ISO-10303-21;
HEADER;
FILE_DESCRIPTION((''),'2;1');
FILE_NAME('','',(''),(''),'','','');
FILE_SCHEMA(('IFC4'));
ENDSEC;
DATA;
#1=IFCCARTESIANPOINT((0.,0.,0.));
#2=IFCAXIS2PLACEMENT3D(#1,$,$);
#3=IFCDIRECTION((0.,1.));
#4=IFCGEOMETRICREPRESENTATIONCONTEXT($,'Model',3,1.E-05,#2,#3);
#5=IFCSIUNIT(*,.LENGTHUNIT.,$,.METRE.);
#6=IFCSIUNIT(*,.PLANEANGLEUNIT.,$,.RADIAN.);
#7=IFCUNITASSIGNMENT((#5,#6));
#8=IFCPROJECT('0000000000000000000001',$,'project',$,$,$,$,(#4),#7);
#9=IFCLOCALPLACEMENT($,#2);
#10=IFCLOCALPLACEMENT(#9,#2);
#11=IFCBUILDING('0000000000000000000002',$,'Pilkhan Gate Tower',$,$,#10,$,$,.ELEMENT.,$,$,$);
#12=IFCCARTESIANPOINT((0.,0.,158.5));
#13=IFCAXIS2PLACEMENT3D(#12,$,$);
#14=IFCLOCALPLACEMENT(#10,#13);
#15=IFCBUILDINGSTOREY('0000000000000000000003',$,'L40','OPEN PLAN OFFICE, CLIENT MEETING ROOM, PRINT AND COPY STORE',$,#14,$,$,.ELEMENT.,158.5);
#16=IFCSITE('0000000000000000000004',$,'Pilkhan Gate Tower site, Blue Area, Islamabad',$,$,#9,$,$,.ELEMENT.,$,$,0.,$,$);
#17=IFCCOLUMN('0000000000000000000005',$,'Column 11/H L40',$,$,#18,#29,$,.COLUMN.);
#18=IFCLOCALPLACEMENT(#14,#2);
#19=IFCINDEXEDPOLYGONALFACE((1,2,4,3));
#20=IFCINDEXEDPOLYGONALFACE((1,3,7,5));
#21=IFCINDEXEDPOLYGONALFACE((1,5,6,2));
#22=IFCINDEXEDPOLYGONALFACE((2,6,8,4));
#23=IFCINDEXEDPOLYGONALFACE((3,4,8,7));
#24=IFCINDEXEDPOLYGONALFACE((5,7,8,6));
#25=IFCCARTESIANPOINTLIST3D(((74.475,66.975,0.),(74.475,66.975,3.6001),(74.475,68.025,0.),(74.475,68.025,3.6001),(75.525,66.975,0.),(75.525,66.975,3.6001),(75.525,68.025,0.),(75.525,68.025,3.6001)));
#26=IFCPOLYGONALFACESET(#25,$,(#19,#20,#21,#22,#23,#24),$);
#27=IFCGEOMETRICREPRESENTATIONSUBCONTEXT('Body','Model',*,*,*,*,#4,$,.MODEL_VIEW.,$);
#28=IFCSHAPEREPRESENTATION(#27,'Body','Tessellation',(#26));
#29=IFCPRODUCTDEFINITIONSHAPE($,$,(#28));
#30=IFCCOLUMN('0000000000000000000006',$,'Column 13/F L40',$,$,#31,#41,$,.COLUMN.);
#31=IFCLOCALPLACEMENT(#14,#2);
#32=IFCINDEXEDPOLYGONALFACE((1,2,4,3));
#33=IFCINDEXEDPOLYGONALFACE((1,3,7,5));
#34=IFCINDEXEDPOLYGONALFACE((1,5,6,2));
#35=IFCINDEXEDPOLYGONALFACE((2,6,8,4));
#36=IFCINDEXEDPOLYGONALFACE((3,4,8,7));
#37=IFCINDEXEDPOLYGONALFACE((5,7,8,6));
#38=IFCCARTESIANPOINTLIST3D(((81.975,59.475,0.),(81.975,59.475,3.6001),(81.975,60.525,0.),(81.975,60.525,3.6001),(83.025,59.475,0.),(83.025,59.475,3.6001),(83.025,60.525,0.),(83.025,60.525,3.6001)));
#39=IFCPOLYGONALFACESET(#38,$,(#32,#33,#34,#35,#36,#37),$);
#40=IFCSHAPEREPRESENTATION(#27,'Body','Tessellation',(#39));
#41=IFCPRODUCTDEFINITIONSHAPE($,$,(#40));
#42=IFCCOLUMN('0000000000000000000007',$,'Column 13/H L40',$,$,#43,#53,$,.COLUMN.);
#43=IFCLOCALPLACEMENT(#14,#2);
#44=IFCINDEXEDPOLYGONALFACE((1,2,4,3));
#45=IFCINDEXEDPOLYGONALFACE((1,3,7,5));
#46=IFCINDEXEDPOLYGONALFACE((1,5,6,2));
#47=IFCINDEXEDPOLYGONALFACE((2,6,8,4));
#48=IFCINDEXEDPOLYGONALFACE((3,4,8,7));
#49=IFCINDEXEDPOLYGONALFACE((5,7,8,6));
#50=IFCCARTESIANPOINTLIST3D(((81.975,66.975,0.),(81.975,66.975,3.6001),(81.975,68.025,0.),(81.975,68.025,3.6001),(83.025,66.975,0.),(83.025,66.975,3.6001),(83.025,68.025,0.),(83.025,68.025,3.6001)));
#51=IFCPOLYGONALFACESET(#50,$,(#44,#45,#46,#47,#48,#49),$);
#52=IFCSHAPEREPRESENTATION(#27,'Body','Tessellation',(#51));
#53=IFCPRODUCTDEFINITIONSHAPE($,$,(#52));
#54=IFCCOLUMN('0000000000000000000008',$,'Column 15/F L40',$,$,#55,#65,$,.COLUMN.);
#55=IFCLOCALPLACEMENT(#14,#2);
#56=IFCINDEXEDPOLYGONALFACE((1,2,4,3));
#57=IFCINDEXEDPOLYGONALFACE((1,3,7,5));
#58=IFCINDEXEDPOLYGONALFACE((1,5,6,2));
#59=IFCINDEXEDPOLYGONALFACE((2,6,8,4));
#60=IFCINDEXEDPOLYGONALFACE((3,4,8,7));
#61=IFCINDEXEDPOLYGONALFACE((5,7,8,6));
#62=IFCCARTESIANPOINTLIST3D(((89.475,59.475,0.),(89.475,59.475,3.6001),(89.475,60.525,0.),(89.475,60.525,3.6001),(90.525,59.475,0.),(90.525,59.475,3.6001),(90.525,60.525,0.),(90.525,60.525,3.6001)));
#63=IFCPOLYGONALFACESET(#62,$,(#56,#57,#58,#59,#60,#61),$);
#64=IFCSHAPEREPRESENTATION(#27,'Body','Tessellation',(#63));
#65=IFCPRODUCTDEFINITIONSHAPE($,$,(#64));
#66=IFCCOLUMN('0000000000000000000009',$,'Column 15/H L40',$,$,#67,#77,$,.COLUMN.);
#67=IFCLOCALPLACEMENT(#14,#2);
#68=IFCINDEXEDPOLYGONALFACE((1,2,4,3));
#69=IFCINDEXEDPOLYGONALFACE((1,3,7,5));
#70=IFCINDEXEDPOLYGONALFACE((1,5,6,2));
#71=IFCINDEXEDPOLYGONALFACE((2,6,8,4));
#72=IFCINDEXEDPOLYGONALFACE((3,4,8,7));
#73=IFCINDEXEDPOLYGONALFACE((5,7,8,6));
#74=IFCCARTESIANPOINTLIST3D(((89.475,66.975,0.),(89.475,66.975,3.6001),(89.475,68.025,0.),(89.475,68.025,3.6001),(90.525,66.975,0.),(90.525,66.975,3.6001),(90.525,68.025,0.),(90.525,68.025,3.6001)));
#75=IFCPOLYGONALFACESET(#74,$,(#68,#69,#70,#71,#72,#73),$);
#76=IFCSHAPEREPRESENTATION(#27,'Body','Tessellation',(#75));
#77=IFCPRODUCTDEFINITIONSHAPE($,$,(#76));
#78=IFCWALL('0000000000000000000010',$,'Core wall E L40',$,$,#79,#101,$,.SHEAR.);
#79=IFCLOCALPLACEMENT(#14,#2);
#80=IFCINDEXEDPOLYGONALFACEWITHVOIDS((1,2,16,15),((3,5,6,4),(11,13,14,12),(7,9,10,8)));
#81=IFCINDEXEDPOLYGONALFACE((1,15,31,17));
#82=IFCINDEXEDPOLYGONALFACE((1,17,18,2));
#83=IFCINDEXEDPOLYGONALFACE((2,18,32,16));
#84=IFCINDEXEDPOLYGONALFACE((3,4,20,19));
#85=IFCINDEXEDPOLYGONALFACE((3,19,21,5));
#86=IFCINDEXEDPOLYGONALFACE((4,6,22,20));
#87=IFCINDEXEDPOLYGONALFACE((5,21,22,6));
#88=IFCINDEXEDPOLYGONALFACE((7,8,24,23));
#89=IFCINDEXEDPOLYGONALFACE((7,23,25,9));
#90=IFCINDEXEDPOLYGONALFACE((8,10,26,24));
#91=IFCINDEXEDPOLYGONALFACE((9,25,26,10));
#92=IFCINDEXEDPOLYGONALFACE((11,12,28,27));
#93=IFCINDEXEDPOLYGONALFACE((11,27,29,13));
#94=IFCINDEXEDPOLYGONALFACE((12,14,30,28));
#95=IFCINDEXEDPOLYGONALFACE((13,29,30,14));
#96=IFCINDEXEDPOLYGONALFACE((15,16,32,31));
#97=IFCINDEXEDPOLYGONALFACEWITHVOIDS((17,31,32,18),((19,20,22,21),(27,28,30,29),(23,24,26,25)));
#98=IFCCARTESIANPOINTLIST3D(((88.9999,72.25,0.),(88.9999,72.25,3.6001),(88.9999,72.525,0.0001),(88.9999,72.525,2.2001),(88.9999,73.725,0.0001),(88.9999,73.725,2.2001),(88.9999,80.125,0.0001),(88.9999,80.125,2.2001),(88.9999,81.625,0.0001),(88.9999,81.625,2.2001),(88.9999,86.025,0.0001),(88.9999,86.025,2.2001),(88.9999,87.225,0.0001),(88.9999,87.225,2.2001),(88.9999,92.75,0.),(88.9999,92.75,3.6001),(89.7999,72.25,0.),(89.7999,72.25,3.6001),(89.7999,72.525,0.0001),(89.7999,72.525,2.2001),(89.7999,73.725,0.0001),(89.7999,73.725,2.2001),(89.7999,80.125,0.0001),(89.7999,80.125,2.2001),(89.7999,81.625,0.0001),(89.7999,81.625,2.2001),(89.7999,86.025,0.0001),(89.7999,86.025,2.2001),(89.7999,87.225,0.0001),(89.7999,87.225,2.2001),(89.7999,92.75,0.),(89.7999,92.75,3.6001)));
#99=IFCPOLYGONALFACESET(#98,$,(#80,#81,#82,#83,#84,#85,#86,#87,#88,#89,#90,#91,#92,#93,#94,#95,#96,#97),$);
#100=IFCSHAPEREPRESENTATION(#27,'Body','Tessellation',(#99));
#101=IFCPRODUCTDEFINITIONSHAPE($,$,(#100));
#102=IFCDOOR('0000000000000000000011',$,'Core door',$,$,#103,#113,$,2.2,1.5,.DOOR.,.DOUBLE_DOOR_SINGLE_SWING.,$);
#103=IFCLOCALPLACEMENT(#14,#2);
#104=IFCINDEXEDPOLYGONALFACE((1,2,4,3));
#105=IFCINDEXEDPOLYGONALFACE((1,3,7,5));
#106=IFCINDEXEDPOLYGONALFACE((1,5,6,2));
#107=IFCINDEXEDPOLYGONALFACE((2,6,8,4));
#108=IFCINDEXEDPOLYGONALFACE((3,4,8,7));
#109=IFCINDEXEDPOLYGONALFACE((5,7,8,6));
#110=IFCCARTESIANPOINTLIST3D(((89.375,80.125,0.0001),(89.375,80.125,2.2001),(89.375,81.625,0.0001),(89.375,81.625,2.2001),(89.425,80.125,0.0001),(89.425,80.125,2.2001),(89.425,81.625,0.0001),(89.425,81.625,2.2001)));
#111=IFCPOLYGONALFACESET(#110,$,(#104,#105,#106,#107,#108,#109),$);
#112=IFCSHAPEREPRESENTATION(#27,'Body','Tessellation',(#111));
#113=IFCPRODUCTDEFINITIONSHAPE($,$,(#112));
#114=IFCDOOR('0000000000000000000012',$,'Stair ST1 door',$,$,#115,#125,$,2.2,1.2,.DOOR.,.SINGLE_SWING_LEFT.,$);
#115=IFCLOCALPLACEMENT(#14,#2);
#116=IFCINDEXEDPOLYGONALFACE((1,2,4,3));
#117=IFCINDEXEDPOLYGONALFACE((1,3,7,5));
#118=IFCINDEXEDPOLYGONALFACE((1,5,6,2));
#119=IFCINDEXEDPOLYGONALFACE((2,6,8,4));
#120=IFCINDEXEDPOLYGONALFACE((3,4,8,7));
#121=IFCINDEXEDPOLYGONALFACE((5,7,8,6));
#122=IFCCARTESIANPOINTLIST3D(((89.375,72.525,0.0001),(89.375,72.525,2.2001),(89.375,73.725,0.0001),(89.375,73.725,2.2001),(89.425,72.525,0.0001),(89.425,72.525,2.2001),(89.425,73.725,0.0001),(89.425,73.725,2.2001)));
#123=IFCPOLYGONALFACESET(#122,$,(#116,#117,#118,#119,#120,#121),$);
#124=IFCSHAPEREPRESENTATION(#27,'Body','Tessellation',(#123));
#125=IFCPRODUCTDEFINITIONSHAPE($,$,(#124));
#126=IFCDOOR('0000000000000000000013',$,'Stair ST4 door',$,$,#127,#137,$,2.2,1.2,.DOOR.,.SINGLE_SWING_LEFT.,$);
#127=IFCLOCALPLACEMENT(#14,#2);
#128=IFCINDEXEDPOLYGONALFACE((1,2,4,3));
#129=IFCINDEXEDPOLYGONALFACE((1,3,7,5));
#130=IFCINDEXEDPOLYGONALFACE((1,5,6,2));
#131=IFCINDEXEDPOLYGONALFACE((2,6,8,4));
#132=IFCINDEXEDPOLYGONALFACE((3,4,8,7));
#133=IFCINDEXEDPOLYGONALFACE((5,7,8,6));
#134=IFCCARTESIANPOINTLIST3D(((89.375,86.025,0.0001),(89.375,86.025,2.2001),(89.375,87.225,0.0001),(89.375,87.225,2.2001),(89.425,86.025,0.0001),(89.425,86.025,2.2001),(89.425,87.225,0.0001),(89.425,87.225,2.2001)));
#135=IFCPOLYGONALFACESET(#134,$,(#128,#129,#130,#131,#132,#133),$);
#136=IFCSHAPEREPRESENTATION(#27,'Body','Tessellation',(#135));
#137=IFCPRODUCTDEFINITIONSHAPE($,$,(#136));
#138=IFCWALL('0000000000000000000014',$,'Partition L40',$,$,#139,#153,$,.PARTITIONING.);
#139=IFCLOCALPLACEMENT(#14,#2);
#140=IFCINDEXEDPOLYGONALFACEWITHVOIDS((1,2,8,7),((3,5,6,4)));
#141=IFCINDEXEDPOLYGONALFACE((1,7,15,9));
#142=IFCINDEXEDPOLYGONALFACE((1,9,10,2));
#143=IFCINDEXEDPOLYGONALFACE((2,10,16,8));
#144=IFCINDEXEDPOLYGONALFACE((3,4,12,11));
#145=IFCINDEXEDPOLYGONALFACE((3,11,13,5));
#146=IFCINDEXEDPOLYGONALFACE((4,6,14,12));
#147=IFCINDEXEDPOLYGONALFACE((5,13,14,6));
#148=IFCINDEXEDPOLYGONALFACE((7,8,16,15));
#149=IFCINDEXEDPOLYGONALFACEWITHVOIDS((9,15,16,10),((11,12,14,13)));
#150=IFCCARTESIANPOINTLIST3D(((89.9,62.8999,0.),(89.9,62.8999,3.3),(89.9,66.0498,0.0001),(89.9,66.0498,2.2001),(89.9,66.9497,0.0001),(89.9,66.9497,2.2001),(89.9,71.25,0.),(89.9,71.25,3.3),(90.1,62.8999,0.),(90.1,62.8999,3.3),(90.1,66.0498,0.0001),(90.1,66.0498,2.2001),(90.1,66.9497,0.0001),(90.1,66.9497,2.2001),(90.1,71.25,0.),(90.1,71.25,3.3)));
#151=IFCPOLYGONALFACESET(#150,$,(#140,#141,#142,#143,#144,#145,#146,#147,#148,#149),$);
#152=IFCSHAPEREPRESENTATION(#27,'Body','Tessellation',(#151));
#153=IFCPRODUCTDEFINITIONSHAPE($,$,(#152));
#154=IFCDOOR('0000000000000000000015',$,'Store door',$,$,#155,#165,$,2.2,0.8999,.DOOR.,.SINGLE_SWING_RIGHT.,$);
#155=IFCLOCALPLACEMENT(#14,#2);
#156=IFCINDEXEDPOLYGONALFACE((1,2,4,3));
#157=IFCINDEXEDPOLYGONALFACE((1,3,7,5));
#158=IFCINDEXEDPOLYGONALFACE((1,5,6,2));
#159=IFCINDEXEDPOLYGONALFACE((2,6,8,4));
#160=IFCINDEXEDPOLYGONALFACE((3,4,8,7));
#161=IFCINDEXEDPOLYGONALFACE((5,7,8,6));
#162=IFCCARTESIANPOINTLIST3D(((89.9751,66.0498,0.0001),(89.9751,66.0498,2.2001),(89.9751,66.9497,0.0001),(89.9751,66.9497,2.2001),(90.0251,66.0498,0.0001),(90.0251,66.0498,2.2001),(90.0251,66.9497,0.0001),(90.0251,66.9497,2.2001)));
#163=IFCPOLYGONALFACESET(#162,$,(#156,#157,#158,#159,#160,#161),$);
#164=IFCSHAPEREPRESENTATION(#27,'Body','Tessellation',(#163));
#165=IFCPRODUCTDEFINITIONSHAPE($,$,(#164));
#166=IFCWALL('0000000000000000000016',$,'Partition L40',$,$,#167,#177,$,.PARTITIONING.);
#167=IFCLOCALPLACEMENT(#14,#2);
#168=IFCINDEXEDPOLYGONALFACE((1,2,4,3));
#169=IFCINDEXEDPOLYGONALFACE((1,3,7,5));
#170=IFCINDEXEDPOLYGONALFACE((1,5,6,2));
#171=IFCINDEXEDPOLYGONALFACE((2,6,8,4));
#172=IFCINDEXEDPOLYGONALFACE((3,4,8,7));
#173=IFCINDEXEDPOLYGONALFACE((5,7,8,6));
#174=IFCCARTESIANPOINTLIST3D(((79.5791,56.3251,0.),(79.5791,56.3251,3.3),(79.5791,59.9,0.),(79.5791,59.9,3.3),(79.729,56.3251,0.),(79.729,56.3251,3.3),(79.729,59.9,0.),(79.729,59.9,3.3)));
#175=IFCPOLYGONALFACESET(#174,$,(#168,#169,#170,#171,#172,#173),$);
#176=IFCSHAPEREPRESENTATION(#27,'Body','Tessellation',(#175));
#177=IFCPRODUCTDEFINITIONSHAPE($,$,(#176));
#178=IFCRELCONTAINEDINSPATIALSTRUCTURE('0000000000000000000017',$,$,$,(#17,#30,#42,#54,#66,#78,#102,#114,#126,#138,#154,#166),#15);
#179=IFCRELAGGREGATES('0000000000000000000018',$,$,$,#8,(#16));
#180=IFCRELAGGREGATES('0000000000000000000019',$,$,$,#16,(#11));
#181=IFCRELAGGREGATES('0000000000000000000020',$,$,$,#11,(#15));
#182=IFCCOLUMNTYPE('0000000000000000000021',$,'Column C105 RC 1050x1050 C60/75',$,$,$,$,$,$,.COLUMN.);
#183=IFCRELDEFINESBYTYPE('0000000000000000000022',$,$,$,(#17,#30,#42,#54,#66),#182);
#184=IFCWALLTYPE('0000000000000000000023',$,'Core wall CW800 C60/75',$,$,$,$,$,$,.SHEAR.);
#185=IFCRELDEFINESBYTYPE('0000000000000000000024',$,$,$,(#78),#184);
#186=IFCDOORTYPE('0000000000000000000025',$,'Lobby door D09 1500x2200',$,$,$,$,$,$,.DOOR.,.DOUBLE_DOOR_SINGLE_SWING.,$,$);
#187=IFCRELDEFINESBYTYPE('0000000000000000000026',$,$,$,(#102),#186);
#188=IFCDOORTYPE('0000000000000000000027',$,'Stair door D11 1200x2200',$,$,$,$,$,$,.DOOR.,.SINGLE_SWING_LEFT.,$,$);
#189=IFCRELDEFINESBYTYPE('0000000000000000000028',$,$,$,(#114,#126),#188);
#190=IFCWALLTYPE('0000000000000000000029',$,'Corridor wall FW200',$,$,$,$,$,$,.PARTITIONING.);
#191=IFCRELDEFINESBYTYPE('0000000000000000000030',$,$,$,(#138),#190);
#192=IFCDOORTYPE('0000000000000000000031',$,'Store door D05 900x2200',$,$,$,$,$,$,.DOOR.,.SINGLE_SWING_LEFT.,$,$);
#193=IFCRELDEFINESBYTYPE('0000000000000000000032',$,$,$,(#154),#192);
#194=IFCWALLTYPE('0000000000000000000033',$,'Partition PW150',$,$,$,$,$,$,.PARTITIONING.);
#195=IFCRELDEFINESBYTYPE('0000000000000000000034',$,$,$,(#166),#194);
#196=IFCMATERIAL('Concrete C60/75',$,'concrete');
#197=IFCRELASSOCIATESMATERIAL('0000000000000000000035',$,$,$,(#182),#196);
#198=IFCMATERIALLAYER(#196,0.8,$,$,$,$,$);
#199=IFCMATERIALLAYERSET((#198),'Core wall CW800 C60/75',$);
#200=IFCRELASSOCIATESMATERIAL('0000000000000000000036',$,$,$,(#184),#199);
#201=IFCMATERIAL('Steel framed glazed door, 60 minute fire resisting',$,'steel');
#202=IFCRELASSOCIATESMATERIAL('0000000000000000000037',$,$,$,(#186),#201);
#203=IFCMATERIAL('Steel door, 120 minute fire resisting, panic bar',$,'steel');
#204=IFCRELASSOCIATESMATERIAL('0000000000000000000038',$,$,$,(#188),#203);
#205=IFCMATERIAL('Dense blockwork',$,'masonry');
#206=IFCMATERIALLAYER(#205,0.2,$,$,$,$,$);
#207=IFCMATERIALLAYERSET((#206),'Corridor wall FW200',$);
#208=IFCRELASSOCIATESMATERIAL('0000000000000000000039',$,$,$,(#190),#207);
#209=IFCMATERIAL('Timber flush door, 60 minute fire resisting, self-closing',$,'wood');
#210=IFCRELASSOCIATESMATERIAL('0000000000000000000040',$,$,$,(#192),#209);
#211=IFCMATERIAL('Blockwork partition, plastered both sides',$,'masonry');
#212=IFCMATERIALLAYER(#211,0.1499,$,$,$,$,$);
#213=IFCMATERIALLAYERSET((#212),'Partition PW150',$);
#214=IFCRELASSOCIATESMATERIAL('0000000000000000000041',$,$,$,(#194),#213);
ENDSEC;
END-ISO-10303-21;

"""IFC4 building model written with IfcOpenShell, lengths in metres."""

from ifc_helpers import new_model, si_unit, direction, frame, frame_2d, origin, origin_2d, place, context, subcontext, project, spatial, rectangle, extrude, material, layer, layer_set, material_profile, profile_set, type_object, element, fill, save


model = new_model("IFC4")

# Units and contexts
model_context = context("Model", 3, precision=1e-05, world=origin(), true_north=direction((0.0, 1.0)))
body_context = subcontext(model_context, "Body", "Model", "MODEL_VIEW")
ifc_project = project(units=[si_unit("LENGTHUNIT", "METRE"), si_unit("PLANEANGLEUNIT", "RADIAN")], contexts=[model_context])

# Site, building, storey
site_placement = place(None, origin())
site = spatial("IfcSite", under=ifc_project, at=site_placement, Name="Pilkhan Gate Tower site, Blue Area, Islamabad", CompositionType="ELEMENT", RefElevation=0.0)
building_placement = place(site_placement, origin())
building = spatial("IfcBuilding", under=site, at=building_placement, Name="Pilkhan Gate Tower", CompositionType="ELEMENT")
storey_placement = place(building_placement, frame((0.0, 0.0, 158.5)))
storey = spatial("IfcBuildingStorey", under=building, at=storey_placement, Name="L40", Description="OPEN PLAN OFFICE, CLIENT MEETING ROOM, PRINT AND COPY STORE", CompositionType="ELEMENT", Elevation=158.5)

# Columns
ifc_material_1 = material(Name="Concrete C60/75", Category="concrete")
ifc_material_profile = material_profile(ifc_material_1, rectangle(XDim=1.05, YDim=1.05, at=origin_2d()), Name="RC 1050x1050")
ifc_profile_set = profile_set([ifc_material_profile], Name="Concrete C60/75")
column_type = type_object("IfcColumnType", Name="Column C105 RC 1050x1050 C60/75", PredefinedType="COLUMN", material=ifc_profile_set)
for number, where, z_axis, x_axis, name in (
    (1, (75.0, 67.5, 0.0), (0.0, 0.0, 1.0), (1.0, 0.0, 0.0), "Column 11/H L40"),
    (2, (82.5, 60.0, 0.0), (0.0, 0.0, 1.0), (1.0, 0.0, 0.0), "Column 13/F L40"),
    (3, (82.5, 67.5, 0.0), (0.0, 0.0, 1.0), (1.0, 0.0, 0.0), "Column 13/H L40"),
    (4, (90.0, 60.0, 0.0), (0.0, 0.0, 1.0), (1.0, 0.0, 0.0), "Column 15/F L40"),
    (5, (90.0, 67.5, 0.0), (0.0, 0.0, 1.0), (1.0, 0.0, 0.0), "Column 15/H L40"),
):
    element("IfcColumn", number, at=place(storey_placement, frame(where, z_axis=z_axis, x_axis=x_axis)), inside=storey, type_object=column_type, Name=name, PredefinedType="COLUMN", context=body_context, shape_type="SweptSolid", body=[
        extrude(rectangle(XDim=1.05, YDim=1.05, at=origin_2d()), origin(), (0.0, 0.0, 1.0), 3.6001),
    ])

# Wall, openings, doors
ifc_layer_1 = layer(ifc_material_1, 0.8)
ifc_layer_set_1 = layer_set([ifc_layer_1], Name="Core wall CW800 C60/75")
wall_type_1 = type_object("IfcWallType", Name="Core wall CW800 C60/75", PredefinedType="SHEAR", material=ifc_layer_set_1)
wall_1_placement = place(storey_placement, frame((89.3999, 72.25, 0.0), z_axis=(0.0, 0.0, 1.0), x_axis=(0.0, 1.0, 0.0)))
wall_1 = element("IfcWall", 6, at=wall_1_placement, inside=storey, type_object=wall_type_1, Name="Core wall E L40", PredefinedType="SHEAR", context=body_context, shape_type="SweptSolid", body=[
    extrude(rectangle(XDim=20.5, YDim=0.8, at=frame_2d((10.25, 0.0))), origin(), (0.0, 0.0, 1.0), 3.6001),
])
opening_1_placement = place(wall_1_placement, frame((0.2749, 0.0, 0.0)))
opening_1 = element("IfcOpeningElement", 7, at=opening_1_placement, cuts=wall_1, PredefinedType="OPENING", context=body_context, shape_type="SweptSolid", body=[
    extrude(rectangle(XDim=1.2, YDim=2.2, at=frame_2d((0.6001, 1.1001))), frame((0.0, 0.4099, 0.0), z_axis=(0.0, -1.0, 0.0), x_axis=(1.0, 0.0, 0.0)), (0.0, 0.0, 1.0), 0.8201),
])
opening_2_placement = place(wall_1_placement, frame((13.7749, 0.0, 0.0)))
opening_2 = element("IfcOpeningElement", 8, at=opening_2_placement, cuts=wall_1, PredefinedType="OPENING", context=body_context, shape_type="SweptSolid", body=[
    extrude(rectangle(XDim=1.2, YDim=2.2, at=frame_2d((0.6001, 1.1001))), frame((0.0, 0.4099, 0.0), z_axis=(0.0, -1.0, 0.0), x_axis=(1.0, 0.0, 0.0)), (0.0, 0.0, 1.0), 0.8201),
])
opening_3_placement = place(wall_1_placement, frame((7.875, 0.0, 0.0)))
opening_3 = element("IfcOpeningElement", 9, at=opening_3_placement, cuts=wall_1, PredefinedType="OPENING", context=body_context, shape_type="SweptSolid", body=[
    extrude(rectangle(XDim=1.5, YDim=2.2, at=frame_2d((0.75, 1.1001))), frame((0.0, 0.4099, 0.0), z_axis=(0.0, -1.0, 0.0), x_axis=(1.0, 0.0, 0.0)), (0.0, 0.0, 1.0), 0.8201),
])
ifc_material_2 = material(Name="Steel framed glazed door, 60 minute fire resisting", Category="steel")
door_type_1 = type_object("IfcDoorType", Name="Lobby door D09 1500x2200", OperationType="DOUBLE_DOOR_SINGLE_SWING", PredefinedType="DOOR", material=ifc_material_2)
door_1_placement = place(opening_3_placement, origin())
door_1 = element("IfcDoor", 10, at=door_1_placement, inside=storey, type_object=door_type_1, Name="Core door", OperationType="DOUBLE_DOOR_SINGLE_SWING", OverallHeight=2.2, OverallWidth=1.5, PredefinedType="DOOR", context=body_context, shape_type="SweptSolid", body=[
    extrude(rectangle(XDim=1.5, YDim=2.2, at=frame_2d((0.75, 1.1001))), frame((0.0, 0.0249, 0.0), z_axis=(0.0, -1.0, 0.0), x_axis=(1.0, 0.0, 0.0)), (0.0, 0.0, 1.0), 0.05),
])
fill(opening_3, door_1)
ifc_material_3 = material(Name="Steel door, 120 minute fire resisting, panic bar", Category="steel")
door_type_2 = type_object("IfcDoorType", Name="Stair door D11 1200x2200", OperationType="SINGLE_SWING_LEFT", PredefinedType="DOOR", material=ifc_material_3)
door_2_placement = place(opening_1_placement, origin())
door_2 = element("IfcDoor", 11, at=door_2_placement, inside=storey, type_object=door_type_2, Name="Stair ST1 door", OperationType="SINGLE_SWING_LEFT", OverallHeight=2.2, OverallWidth=1.2, PredefinedType="DOOR", context=body_context, shape_type="SweptSolid", body=[
    extrude(rectangle(XDim=1.2, YDim=2.2, at=frame_2d((0.6001, 1.1001))), frame((0.0, 0.0249, 0.0), z_axis=(0.0, -1.0, 0.0), x_axis=(1.0, 0.0, 0.0)), (0.0, 0.0, 1.0), 0.05),
])
fill(opening_1, door_2)
door_3_placement = place(opening_2_placement, origin())
door_3 = element("IfcDoor", 12, at=door_3_placement, inside=storey, type_object=door_type_2, Name="Stair ST4 door", OperationType="SINGLE_SWING_LEFT", OverallHeight=2.2, OverallWidth=1.2, PredefinedType="DOOR", context=body_context, shape_type="SweptSolid", body=[
    extrude(rectangle(XDim=1.2, YDim=2.2, at=frame_2d((0.6001, 1.1001))), frame((0.0, 0.0249, 0.0), z_axis=(0.0, -1.0, 0.0), x_axis=(1.0, 0.0, 0.0)), (0.0, 0.0, 1.0), 0.05),
])
fill(opening_2, door_3)

# Wall, opening, door
ifc_material_4 = material(Name="Dense blockwork", Category="masonry")
ifc_layer_2 = layer(ifc_material_4, 0.2)
ifc_layer_set_2 = layer_set([ifc_layer_2], Name="Corridor wall FW200")
wall_type_2 = type_object("IfcWallType", Name="Corridor wall FW200", PredefinedType="PARTITIONING", material=ifc_layer_set_2)
wall_2_placement = place(storey_placement, frame((90.0, 62.8999, 0.0), z_axis=(0.0, 0.0, 1.0), x_axis=(0.0, 1.0, 0.0)))
wall_2 = element("IfcWall", 13, at=wall_2_placement, inside=storey, type_object=wall_type_2, Name="Partition L40", PredefinedType="PARTITIONING", context=body_context, shape_type="SweptSolid", body=[
    extrude(rectangle(XDim=8.3501, YDim=0.2, at=frame_2d((4.175, 0.0))), origin(), (0.0, 0.0, 1.0), 3.3),
])
opening_4_placement = place(wall_2_placement, frame((3.1499, 0.0, 0.0)))
opening_4 = element("IfcOpeningElement", 14, at=opening_4_placement, cuts=wall_2, PredefinedType="OPENING", context=body_context, shape_type="SweptSolid", body=[
    extrude(rectangle(XDim=0.8999, YDim=2.2, at=frame_2d((0.45, 1.1001))), frame((0.0, 0.1099, 0.0), z_axis=(0.0, -1.0, 0.0), x_axis=(1.0, 0.0, 0.0)), (0.0, 0.0, 1.0), 0.22),
])
ifc_material_5 = material(Name="Timber flush door, 60 minute fire resisting, self-closing", Category="wood")
door_type_3 = type_object("IfcDoorType", Name="Store door D05 900x2200", OperationType="SINGLE_SWING_LEFT", PredefinedType="DOOR", material=ifc_material_5)
door_4_placement = place(opening_4_placement, origin())
door_4 = element("IfcDoor", 15, at=door_4_placement, inside=storey, type_object=door_type_3, Name="Store door", OperationType="SINGLE_SWING_RIGHT", OverallHeight=2.2, OverallWidth=0.8999, PredefinedType="DOOR", context=body_context, shape_type="SweptSolid", body=[
    extrude(rectangle(XDim=0.8999, YDim=2.2, at=frame_2d((0.45, 1.1001))), frame((0.0, 0.0249, 0.0), z_axis=(0.0, -1.0, 0.0), x_axis=(1.0, 0.0, 0.0)), (0.0, 0.0, 1.0), 0.05),
])
fill(opening_4, door_4)

# Wall
ifc_material_6 = material(Name="Blockwork partition, plastered both sides", Category="masonry")
ifc_layer_3 = layer(ifc_material_6, 0.1499)
ifc_layer_set_3 = layer_set([ifc_layer_3], Name="Partition PW150")
wall_type_3 = type_object("IfcWallType", Name="Partition PW150", PredefinedType="PARTITIONING", material=ifc_layer_set_3)
wall_3_placement = place(storey_placement, frame((79.6541, 56.325, 0.0), z_axis=(0.0, 0.0, 1.0), x_axis=(0.0, 1.0, 0.0)))
element("IfcWall", 16, at=wall_3_placement, inside=storey, type_object=wall_type_3, Name="Partition L40", PredefinedType="PARTITIONING", context=body_context, shape_type="SweptSolid", body=[
    extrude(rectangle(XDim=3.575, YDim=0.1499, at=frame_2d((1.7876, 0.0))), origin(), (0.0, 0.0, 1.0), 3.3),
])

save(model, "model.ifc")
